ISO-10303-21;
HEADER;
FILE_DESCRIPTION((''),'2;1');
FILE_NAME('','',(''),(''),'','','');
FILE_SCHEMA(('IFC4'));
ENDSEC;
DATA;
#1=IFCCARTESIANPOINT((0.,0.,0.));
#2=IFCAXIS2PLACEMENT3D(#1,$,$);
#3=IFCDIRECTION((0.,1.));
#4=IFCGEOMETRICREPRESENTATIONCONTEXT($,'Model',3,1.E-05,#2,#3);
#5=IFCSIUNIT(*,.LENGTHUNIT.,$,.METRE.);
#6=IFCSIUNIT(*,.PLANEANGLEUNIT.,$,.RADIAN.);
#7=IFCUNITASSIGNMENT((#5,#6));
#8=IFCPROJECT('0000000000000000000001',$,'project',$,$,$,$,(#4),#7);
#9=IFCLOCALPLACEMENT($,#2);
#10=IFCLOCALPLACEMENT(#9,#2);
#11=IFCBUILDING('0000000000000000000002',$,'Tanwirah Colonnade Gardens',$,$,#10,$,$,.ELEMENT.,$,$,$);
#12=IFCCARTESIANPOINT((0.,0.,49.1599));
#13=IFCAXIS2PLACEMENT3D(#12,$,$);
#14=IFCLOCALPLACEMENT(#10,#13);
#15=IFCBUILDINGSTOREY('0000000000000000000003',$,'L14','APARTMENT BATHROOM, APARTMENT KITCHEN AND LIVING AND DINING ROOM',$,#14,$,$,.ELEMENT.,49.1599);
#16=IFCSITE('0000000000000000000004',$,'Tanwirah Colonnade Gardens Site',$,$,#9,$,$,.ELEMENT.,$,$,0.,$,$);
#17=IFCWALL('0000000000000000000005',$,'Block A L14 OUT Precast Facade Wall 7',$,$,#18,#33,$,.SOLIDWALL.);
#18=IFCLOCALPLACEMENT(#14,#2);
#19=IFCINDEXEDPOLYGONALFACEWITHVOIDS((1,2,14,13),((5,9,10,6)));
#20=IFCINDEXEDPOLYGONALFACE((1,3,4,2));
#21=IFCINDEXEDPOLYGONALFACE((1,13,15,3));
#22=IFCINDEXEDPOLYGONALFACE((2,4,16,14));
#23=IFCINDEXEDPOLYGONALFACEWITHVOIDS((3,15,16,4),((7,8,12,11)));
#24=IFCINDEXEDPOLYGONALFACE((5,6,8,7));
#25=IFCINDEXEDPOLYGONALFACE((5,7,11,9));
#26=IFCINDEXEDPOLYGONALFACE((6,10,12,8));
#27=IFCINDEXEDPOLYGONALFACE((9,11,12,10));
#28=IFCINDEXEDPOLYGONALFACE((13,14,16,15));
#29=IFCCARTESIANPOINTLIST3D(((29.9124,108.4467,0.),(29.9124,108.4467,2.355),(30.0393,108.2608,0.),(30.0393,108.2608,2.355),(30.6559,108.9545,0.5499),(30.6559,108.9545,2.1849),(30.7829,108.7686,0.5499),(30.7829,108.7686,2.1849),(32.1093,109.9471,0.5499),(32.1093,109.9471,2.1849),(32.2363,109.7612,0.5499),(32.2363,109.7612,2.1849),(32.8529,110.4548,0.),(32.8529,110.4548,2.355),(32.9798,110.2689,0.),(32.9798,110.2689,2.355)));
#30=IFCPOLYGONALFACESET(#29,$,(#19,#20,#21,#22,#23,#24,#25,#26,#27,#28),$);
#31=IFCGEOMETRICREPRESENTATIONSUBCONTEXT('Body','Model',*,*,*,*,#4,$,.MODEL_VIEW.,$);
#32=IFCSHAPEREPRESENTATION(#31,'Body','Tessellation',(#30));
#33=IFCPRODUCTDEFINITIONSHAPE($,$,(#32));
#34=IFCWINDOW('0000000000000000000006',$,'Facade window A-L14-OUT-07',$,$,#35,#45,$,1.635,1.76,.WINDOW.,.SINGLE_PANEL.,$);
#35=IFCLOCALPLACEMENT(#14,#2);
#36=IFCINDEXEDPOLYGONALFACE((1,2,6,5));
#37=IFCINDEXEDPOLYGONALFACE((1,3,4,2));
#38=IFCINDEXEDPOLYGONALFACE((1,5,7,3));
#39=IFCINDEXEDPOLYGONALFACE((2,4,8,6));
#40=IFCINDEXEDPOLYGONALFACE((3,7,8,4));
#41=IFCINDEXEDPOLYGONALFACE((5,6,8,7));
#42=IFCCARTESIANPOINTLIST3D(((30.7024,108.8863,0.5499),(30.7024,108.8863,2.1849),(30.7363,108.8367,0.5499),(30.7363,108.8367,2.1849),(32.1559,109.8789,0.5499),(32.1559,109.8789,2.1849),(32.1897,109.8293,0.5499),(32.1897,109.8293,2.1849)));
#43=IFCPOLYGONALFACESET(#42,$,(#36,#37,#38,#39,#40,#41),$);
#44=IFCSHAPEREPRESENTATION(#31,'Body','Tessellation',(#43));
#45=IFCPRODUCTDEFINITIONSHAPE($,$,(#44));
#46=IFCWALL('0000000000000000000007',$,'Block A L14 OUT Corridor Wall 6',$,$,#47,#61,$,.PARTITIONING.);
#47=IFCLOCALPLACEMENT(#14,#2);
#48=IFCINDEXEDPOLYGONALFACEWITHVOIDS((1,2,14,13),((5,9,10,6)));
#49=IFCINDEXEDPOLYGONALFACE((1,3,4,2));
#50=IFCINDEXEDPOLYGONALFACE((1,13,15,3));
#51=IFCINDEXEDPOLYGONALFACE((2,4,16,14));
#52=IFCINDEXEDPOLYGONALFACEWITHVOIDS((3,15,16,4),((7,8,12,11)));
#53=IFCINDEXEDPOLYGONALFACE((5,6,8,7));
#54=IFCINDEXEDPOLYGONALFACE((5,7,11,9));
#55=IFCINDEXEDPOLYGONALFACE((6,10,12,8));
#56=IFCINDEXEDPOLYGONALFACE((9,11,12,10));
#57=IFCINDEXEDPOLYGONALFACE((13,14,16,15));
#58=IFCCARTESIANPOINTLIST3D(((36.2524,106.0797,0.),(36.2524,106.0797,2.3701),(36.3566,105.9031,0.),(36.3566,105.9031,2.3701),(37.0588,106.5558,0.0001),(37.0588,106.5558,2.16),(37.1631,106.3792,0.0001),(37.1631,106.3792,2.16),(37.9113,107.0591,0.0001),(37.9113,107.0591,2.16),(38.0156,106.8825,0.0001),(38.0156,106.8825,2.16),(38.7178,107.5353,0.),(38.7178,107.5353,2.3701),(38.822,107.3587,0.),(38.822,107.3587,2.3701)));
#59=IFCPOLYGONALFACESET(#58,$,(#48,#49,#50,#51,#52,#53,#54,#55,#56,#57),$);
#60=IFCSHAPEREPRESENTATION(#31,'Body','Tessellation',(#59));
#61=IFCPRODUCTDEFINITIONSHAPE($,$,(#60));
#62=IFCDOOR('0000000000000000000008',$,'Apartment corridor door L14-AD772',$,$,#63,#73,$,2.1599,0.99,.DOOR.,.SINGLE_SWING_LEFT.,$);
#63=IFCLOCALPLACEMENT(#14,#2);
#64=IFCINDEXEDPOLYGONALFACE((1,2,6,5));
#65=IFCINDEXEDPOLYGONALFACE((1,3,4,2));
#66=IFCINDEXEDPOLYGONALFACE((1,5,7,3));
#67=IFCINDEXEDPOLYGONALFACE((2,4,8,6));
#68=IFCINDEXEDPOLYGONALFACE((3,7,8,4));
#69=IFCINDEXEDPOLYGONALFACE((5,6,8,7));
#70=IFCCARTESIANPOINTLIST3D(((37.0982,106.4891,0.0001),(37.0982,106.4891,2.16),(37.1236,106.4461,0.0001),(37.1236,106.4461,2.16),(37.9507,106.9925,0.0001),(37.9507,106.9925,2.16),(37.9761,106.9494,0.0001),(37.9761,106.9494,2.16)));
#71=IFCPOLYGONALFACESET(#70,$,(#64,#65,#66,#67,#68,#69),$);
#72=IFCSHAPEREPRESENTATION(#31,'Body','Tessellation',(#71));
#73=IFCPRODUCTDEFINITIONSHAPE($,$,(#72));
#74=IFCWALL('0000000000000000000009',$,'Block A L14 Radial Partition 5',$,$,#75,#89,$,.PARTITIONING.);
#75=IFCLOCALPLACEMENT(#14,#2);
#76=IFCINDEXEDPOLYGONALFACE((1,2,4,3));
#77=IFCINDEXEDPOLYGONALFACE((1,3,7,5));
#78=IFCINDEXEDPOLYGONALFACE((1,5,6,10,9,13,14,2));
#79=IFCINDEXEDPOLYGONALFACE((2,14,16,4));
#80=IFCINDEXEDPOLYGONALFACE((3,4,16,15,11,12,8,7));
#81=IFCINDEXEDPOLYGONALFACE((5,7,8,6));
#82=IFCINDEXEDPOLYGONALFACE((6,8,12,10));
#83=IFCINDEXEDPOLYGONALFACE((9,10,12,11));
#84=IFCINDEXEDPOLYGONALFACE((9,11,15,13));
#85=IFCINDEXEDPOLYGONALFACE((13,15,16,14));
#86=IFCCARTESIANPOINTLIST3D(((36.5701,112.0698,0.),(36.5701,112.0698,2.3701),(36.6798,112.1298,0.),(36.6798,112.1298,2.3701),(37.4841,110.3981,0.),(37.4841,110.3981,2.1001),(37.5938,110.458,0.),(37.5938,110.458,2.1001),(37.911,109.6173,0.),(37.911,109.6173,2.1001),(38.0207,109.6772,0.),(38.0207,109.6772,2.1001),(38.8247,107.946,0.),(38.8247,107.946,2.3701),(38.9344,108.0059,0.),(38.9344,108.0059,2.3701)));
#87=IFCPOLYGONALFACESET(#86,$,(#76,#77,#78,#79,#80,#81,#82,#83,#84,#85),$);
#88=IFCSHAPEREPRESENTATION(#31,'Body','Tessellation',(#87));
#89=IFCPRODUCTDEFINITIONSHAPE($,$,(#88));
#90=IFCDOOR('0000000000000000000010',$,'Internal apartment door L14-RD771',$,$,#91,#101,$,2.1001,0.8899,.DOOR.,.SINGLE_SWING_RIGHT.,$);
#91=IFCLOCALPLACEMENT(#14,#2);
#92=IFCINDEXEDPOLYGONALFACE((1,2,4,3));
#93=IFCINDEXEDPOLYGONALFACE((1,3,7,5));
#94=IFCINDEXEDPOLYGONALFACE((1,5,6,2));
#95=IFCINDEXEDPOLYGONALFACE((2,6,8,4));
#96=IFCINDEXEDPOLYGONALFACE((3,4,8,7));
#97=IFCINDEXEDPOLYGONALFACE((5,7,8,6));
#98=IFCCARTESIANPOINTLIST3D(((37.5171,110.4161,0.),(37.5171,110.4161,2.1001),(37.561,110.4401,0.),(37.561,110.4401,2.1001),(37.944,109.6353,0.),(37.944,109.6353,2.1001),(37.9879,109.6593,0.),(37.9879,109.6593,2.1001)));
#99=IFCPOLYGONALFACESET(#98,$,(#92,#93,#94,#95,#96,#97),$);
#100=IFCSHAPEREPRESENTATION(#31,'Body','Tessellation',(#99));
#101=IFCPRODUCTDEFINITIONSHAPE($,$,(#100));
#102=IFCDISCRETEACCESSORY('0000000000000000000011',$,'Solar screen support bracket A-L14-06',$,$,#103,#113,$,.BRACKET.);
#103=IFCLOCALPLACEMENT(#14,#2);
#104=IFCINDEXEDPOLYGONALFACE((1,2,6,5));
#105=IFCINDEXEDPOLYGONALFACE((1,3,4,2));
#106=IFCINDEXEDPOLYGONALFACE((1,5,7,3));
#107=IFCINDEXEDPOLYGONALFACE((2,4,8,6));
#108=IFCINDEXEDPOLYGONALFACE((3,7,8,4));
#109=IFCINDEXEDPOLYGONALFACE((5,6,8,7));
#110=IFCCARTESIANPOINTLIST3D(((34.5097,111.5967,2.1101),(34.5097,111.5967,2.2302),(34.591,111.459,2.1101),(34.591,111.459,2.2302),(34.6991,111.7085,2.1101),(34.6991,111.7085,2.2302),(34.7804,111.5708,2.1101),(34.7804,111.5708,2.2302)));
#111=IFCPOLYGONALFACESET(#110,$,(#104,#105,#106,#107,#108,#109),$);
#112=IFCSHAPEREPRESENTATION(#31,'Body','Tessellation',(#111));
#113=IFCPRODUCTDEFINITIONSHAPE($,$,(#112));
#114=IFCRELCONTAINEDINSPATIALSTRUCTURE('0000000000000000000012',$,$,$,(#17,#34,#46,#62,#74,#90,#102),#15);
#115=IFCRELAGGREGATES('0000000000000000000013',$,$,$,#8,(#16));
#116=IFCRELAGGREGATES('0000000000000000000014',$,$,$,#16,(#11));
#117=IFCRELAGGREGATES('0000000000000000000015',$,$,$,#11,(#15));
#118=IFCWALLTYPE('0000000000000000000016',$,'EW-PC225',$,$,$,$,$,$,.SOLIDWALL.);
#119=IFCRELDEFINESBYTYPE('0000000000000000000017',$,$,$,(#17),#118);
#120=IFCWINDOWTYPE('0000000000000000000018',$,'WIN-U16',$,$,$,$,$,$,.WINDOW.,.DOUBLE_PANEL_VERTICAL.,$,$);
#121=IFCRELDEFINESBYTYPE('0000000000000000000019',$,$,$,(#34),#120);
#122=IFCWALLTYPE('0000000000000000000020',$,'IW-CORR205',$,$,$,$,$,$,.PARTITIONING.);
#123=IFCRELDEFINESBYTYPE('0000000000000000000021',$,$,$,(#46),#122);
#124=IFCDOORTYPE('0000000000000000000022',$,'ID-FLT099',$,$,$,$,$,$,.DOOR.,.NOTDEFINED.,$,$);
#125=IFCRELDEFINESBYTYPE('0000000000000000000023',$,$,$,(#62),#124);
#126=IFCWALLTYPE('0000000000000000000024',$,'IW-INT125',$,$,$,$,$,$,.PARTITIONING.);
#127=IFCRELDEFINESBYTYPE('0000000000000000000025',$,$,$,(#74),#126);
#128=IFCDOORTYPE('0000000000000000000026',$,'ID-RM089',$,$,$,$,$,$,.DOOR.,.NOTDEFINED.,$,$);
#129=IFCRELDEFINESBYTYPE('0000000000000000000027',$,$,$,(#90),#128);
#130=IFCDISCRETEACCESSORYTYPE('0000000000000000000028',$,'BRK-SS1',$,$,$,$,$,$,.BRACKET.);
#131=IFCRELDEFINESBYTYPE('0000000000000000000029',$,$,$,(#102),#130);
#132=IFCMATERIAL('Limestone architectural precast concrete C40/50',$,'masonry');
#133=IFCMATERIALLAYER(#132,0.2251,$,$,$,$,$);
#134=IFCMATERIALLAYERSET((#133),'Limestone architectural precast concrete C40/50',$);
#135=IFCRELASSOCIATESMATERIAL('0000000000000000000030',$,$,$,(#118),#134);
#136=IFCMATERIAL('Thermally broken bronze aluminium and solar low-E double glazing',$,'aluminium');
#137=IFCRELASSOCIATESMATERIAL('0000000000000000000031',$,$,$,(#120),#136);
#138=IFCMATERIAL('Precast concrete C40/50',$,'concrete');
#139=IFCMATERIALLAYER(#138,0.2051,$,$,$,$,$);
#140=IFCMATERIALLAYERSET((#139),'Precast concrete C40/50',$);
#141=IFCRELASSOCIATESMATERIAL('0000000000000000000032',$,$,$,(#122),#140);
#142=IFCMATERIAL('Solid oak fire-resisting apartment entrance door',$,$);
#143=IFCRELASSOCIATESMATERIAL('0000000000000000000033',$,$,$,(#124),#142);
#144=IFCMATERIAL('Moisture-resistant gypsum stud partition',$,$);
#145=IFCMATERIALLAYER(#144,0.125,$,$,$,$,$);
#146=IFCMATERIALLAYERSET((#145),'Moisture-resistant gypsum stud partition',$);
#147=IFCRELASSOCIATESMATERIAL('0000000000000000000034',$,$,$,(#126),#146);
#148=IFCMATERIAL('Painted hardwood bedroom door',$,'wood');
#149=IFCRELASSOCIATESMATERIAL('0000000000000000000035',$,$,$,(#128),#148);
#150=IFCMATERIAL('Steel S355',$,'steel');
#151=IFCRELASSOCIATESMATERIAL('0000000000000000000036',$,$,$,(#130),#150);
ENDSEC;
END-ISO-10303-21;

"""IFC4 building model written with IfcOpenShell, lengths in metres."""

from ifc_helpers import new_model, si_unit, direction, frame, frame_2d, origin, origin_2d, place, context, subcontext, project, spatial, rectangle, extrude, material, layer, layer_set, type_object, element, fill, save


model = new_model("IFC4")

# Units and contexts
model_context = context("Model", 3, precision=1e-05, world=origin(), true_north=direction((0.0, 1.0)))
body_context = subcontext(model_context, "Body", "Model", "MODEL_VIEW")
ifc_project = project(units=[si_unit("LENGTHUNIT", "METRE"), si_unit("PLANEANGLEUNIT", "RADIAN")], contexts=[model_context])

# Site, building, storey
site_placement = place(None, origin())
site = spatial("IfcSite", under=ifc_project, at=site_placement, Name="Tanwirah Colonnade Gardens Site", CompositionType="ELEMENT", RefElevation=0.0)
building_placement = place(site_placement, origin())
building = spatial("IfcBuilding", under=site, at=building_placement, Name="Tanwirah Colonnade Gardens", CompositionType="ELEMENT")
storey_placement = place(building_placement, frame((0.0, 0.0, 49.1599)))
storey = spatial("IfcBuildingStorey", under=building, at=storey_placement, Name="L14", Description="APARTMENT BATHROOM, APARTMENT KITCHEN AND LIVING AND DINING ROOM", CompositionType="ELEMENT", Elevation=49.1599)

# Shared definitions
ifc_material_1 = material(Name="Precast concrete C40/50", Category="concrete")

# Wall, opening, window
ifc_material_2 = material(Name="Limestone architectural precast concrete C40/50", Category="masonry")
ifc_layer_1 = layer(ifc_material_2, 0.2251)
ifc_layer_set_1 = layer_set([ifc_layer_1], Name="Limestone architectural precast concrete C40/50")
wall_type_1 = type_object("IfcWallType", Name="EW-PC225", PredefinedType="SOLIDWALL", material=ifc_layer_set_1)
ifc_material_3 = material(Name="Thermally broken bronze aluminium and solar low-E double glazing", Category="aluminium")
wall_1_placement = place(storey_placement, frame((32.9163, 110.3618, 0.0), z_axis=(0.0, 0.0, 1.0), x_axis=(-0.825806, -0.563954, 0.0)))
wall_1 = element("IfcWall", 1, at=wall_1_placement, inside=storey, type_object=wall_type_1, Name="Block A L14 OUT Precast Facade Wall 7", PredefinedType="SOLIDWALL", context=body_context, shape_type="SweptSolid", body=[
    extrude(rectangle(XDim=3.5608, YDim=0.2251, at=frame_2d((1.7803, 0.0))), origin(), (0.0, 0.0, 1.0), 2.355),
])
opening_1_placement = place(wall_1_placement, frame((0.9004, 0.0, 0.55)))
opening_1 = element("IfcOpeningElement", 2, at=opening_1_placement, cuts=wall_1, PredefinedType="OPENING", context=body_context, shape_type="SweptSolid", body=[
    extrude(rectangle(XDim=1.76, YDim=1.635, at=frame_2d((0.8799, 0.8174))), frame((0.0, 0.1226, 0.0), z_axis=(0.0, -1.0, 0.0), x_axis=(1.0, 0.0, 0.0)), (0.0, 0.0, 1.0), 0.2451),
])
window_type_1 = type_object("IfcWindowType", Name="WIN-U16", PartitioningType="DOUBLE_PANEL_VERTICAL", PredefinedType="WINDOW", material=ifc_material_3)
window_1_placement = place(opening_1_placement, origin())
window_1 = element("IfcWindow", 3, at=window_1_placement, inside=storey, type_object=window_type_1, Name="Facade window A-L14-OUT-07", OverallHeight=1.635, OverallWidth=1.76, PartitioningType="SINGLE_PANEL", PredefinedType="WINDOW", context=body_context, shape_type="SweptSolid", body=[
    extrude(rectangle(XDim=1.76, YDim=1.635, at=frame_2d((0.8799, 0.8174))), frame((0.0, 0.03, 0.0), z_axis=(0.0, -1.0, 0.0), x_axis=(1.0, 0.0, 0.0)), (0.0, 0.0, 1.0), 0.0601),
])
fill(opening_1, window_1)

# Walls, openings, doors
ifc_layer_2 = layer(ifc_material_1, 0.2051)
ifc_layer_set_2 = layer_set([ifc_layer_2], Name="Precast concrete C40/50")
wall_type_2 = type_object("IfcWallType", Name="IW-CORR205", PredefinedType="PARTITIONING", material=ifc_layer_set_2)
wall_2_placement = place(storey_placement, frame((38.77, 107.447, 0.0), z_axis=(0.0, 0.0, 1.0), x_axis=(-0.861113, -0.508413, 0.0)))
wall_2 = element("IfcWall", 4, at=wall_2_placement, inside=storey, type_object=wall_type_2, Name="Block A L14 OUT Corridor Wall 6", PredefinedType="PARTITIONING", context=body_context, shape_type="SweptSolid", body=[
    extrude(rectangle(XDim=2.863, YDim=0.2051, at=frame_2d((1.4316, 0.0))), origin(), (0.0, 0.0, 1.0), 2.3701),
])
opening_2_placement = place(wall_2_placement, frame((0.9365, 0.0, 0.0)))
opening_2 = element("IfcOpeningElement", 5, at=opening_2_placement, cuts=wall_2, PredefinedType="OPENING", context=body_context, shape_type="SweptSolid", body=[
    extrude(rectangle(XDim=0.99, YDim=2.1599, at=frame_2d((0.4951, 1.0801))), frame((0.0, 0.1125, 0.0), z_axis=(0.0, -1.0, 0.0), x_axis=(1.0, 0.0, 0.0)), (0.0, 0.0, 1.0), 0.2251),
])
ifc_material_4 = material(Name="Solid oak fire-resisting apartment entrance door")
door_type_1 = type_object("IfcDoorType", Name="ID-FLT099", OperationType="NOTDEFINED", PredefinedType="DOOR", material=ifc_material_4)
door_1_placement = place(opening_2_placement, origin())
door_1 = element("IfcDoor", 6, at=door_1_placement, inside=storey, type_object=door_type_1, Name="Apartment corridor door L14-AD772", OperationType="SINGLE_SWING_LEFT", OverallHeight=2.1599, OverallWidth=0.99, PredefinedType="DOOR", context=body_context, shape_type="SweptSolid", body=[
    extrude(rectangle(XDim=0.99, YDim=2.1599, at=frame_2d((0.4951, 1.0801))), frame((0.0, 0.0249, 0.0), z_axis=(0.0, -1.0, 0.0), x_axis=(1.0, 0.0, 0.0)), (0.0, 0.0, 1.0), 0.05),
])
fill(opening_2, door_1)
ifc_material_5 = material(Name="Moisture-resistant gypsum stud partition")
ifc_layer_3 = layer(ifc_material_5, 0.125)
ifc_layer_set_3 = layer_set([ifc_layer_3], Name="Moisture-resistant gypsum stud partition")
wall_type_3 = type_object("IfcWallType", Name="IW-INT125", PredefinedType="PARTITIONING", material=ifc_layer_set_3)
wall_3_placement = place(storey_placement, frame((38.8796, 107.9758, 0.0), z_axis=(0.0, 0.0, 1.0), x_axis=(-0.479722, 0.877421, 0.0)))
wall_3 = element("IfcWall", 7, at=wall_3_placement, inside=storey, type_object=wall_type_3, Name="Block A L14 Radial Partition 5", PredefinedType="PARTITIONING", context=body_context, shape_type="SweptSolid", body=[
    extrude(rectangle(XDim=4.7, YDim=0.125, at=frame_2d((2.3501, 0.0))), origin(), (0.0, 0.0, 1.0), 2.3701),
])
opening_3_placement = place(wall_3_placement, frame((1.905, 0.0, 0.0)))
opening_3 = element("IfcOpeningElement", 8, at=opening_3_placement, cuts=wall_3, PredefinedType="OPENING", context=body_context, shape_type="SweptSolid", body=[
    extrude(rectangle(XDim=0.8899, YDim=2.1001, at=frame_2d((0.4448, 1.05))), frame((0.0, 0.0725, 0.0), z_axis=(0.0, -1.0, 0.0), x_axis=(1.0, 0.0, 0.0)), (0.0, 0.0, 1.0), 0.145),
])
ifc_material_6 = material(Name="Painted hardwood bedroom door", Category="wood")
door_type_2 = type_object("IfcDoorType", Name="ID-RM089", OperationType="NOTDEFINED", PredefinedType="DOOR", material=ifc_material_6)
door_2_placement = place(opening_3_placement, origin())
door_2 = element("IfcDoor", 9, at=door_2_placement, inside=storey, type_object=door_type_2, Name="Internal apartment door L14-RD771", OperationType="SINGLE_SWING_RIGHT", OverallHeight=2.1001, OverallWidth=0.8899, PredefinedType="DOOR", context=body_context, shape_type="SweptSolid", body=[
    extrude(rectangle(XDim=0.8899, YDim=2.1001, at=frame_2d((0.4448, 1.05))), frame((0.0, 0.0249, 0.0), z_axis=(0.0, -1.0, 0.0), x_axis=(1.0, 0.0, 0.0)), (0.0, 0.0, 1.0), 0.05),
])
fill(opening_3, door_2)

# Discrete accessory
ifc_material_7 = material(Name="Steel S355", Category="steel")
discrete_accessory_type = type_object("IfcDiscreteAccessoryType", Name="BRK-SS1", PredefinedType="BRACKET", material=ifc_material_7)
discrete_accessory_placement = place(storey_placement, frame((34.645, 111.5837, 2.1101), z_axis=(0.0, 0.0, 1.0), x_axis=(-0.861136, -0.508374, 0.0)))
element("IfcDiscreteAccessory", 10, at=discrete_accessory_placement, inside=storey, type_object=discrete_accessory_type, Name="Solar screen support bracket A-L14-06", PredefinedType="BRACKET", context=body_context, shape_type="SweptSolid", body=[
    extrude(rectangle(XDim=0.22, YDim=0.1599, at=origin_2d()), origin(), (0.0, 0.0, 1.0), 0.1201),
])

save(model, "model.ifc")
